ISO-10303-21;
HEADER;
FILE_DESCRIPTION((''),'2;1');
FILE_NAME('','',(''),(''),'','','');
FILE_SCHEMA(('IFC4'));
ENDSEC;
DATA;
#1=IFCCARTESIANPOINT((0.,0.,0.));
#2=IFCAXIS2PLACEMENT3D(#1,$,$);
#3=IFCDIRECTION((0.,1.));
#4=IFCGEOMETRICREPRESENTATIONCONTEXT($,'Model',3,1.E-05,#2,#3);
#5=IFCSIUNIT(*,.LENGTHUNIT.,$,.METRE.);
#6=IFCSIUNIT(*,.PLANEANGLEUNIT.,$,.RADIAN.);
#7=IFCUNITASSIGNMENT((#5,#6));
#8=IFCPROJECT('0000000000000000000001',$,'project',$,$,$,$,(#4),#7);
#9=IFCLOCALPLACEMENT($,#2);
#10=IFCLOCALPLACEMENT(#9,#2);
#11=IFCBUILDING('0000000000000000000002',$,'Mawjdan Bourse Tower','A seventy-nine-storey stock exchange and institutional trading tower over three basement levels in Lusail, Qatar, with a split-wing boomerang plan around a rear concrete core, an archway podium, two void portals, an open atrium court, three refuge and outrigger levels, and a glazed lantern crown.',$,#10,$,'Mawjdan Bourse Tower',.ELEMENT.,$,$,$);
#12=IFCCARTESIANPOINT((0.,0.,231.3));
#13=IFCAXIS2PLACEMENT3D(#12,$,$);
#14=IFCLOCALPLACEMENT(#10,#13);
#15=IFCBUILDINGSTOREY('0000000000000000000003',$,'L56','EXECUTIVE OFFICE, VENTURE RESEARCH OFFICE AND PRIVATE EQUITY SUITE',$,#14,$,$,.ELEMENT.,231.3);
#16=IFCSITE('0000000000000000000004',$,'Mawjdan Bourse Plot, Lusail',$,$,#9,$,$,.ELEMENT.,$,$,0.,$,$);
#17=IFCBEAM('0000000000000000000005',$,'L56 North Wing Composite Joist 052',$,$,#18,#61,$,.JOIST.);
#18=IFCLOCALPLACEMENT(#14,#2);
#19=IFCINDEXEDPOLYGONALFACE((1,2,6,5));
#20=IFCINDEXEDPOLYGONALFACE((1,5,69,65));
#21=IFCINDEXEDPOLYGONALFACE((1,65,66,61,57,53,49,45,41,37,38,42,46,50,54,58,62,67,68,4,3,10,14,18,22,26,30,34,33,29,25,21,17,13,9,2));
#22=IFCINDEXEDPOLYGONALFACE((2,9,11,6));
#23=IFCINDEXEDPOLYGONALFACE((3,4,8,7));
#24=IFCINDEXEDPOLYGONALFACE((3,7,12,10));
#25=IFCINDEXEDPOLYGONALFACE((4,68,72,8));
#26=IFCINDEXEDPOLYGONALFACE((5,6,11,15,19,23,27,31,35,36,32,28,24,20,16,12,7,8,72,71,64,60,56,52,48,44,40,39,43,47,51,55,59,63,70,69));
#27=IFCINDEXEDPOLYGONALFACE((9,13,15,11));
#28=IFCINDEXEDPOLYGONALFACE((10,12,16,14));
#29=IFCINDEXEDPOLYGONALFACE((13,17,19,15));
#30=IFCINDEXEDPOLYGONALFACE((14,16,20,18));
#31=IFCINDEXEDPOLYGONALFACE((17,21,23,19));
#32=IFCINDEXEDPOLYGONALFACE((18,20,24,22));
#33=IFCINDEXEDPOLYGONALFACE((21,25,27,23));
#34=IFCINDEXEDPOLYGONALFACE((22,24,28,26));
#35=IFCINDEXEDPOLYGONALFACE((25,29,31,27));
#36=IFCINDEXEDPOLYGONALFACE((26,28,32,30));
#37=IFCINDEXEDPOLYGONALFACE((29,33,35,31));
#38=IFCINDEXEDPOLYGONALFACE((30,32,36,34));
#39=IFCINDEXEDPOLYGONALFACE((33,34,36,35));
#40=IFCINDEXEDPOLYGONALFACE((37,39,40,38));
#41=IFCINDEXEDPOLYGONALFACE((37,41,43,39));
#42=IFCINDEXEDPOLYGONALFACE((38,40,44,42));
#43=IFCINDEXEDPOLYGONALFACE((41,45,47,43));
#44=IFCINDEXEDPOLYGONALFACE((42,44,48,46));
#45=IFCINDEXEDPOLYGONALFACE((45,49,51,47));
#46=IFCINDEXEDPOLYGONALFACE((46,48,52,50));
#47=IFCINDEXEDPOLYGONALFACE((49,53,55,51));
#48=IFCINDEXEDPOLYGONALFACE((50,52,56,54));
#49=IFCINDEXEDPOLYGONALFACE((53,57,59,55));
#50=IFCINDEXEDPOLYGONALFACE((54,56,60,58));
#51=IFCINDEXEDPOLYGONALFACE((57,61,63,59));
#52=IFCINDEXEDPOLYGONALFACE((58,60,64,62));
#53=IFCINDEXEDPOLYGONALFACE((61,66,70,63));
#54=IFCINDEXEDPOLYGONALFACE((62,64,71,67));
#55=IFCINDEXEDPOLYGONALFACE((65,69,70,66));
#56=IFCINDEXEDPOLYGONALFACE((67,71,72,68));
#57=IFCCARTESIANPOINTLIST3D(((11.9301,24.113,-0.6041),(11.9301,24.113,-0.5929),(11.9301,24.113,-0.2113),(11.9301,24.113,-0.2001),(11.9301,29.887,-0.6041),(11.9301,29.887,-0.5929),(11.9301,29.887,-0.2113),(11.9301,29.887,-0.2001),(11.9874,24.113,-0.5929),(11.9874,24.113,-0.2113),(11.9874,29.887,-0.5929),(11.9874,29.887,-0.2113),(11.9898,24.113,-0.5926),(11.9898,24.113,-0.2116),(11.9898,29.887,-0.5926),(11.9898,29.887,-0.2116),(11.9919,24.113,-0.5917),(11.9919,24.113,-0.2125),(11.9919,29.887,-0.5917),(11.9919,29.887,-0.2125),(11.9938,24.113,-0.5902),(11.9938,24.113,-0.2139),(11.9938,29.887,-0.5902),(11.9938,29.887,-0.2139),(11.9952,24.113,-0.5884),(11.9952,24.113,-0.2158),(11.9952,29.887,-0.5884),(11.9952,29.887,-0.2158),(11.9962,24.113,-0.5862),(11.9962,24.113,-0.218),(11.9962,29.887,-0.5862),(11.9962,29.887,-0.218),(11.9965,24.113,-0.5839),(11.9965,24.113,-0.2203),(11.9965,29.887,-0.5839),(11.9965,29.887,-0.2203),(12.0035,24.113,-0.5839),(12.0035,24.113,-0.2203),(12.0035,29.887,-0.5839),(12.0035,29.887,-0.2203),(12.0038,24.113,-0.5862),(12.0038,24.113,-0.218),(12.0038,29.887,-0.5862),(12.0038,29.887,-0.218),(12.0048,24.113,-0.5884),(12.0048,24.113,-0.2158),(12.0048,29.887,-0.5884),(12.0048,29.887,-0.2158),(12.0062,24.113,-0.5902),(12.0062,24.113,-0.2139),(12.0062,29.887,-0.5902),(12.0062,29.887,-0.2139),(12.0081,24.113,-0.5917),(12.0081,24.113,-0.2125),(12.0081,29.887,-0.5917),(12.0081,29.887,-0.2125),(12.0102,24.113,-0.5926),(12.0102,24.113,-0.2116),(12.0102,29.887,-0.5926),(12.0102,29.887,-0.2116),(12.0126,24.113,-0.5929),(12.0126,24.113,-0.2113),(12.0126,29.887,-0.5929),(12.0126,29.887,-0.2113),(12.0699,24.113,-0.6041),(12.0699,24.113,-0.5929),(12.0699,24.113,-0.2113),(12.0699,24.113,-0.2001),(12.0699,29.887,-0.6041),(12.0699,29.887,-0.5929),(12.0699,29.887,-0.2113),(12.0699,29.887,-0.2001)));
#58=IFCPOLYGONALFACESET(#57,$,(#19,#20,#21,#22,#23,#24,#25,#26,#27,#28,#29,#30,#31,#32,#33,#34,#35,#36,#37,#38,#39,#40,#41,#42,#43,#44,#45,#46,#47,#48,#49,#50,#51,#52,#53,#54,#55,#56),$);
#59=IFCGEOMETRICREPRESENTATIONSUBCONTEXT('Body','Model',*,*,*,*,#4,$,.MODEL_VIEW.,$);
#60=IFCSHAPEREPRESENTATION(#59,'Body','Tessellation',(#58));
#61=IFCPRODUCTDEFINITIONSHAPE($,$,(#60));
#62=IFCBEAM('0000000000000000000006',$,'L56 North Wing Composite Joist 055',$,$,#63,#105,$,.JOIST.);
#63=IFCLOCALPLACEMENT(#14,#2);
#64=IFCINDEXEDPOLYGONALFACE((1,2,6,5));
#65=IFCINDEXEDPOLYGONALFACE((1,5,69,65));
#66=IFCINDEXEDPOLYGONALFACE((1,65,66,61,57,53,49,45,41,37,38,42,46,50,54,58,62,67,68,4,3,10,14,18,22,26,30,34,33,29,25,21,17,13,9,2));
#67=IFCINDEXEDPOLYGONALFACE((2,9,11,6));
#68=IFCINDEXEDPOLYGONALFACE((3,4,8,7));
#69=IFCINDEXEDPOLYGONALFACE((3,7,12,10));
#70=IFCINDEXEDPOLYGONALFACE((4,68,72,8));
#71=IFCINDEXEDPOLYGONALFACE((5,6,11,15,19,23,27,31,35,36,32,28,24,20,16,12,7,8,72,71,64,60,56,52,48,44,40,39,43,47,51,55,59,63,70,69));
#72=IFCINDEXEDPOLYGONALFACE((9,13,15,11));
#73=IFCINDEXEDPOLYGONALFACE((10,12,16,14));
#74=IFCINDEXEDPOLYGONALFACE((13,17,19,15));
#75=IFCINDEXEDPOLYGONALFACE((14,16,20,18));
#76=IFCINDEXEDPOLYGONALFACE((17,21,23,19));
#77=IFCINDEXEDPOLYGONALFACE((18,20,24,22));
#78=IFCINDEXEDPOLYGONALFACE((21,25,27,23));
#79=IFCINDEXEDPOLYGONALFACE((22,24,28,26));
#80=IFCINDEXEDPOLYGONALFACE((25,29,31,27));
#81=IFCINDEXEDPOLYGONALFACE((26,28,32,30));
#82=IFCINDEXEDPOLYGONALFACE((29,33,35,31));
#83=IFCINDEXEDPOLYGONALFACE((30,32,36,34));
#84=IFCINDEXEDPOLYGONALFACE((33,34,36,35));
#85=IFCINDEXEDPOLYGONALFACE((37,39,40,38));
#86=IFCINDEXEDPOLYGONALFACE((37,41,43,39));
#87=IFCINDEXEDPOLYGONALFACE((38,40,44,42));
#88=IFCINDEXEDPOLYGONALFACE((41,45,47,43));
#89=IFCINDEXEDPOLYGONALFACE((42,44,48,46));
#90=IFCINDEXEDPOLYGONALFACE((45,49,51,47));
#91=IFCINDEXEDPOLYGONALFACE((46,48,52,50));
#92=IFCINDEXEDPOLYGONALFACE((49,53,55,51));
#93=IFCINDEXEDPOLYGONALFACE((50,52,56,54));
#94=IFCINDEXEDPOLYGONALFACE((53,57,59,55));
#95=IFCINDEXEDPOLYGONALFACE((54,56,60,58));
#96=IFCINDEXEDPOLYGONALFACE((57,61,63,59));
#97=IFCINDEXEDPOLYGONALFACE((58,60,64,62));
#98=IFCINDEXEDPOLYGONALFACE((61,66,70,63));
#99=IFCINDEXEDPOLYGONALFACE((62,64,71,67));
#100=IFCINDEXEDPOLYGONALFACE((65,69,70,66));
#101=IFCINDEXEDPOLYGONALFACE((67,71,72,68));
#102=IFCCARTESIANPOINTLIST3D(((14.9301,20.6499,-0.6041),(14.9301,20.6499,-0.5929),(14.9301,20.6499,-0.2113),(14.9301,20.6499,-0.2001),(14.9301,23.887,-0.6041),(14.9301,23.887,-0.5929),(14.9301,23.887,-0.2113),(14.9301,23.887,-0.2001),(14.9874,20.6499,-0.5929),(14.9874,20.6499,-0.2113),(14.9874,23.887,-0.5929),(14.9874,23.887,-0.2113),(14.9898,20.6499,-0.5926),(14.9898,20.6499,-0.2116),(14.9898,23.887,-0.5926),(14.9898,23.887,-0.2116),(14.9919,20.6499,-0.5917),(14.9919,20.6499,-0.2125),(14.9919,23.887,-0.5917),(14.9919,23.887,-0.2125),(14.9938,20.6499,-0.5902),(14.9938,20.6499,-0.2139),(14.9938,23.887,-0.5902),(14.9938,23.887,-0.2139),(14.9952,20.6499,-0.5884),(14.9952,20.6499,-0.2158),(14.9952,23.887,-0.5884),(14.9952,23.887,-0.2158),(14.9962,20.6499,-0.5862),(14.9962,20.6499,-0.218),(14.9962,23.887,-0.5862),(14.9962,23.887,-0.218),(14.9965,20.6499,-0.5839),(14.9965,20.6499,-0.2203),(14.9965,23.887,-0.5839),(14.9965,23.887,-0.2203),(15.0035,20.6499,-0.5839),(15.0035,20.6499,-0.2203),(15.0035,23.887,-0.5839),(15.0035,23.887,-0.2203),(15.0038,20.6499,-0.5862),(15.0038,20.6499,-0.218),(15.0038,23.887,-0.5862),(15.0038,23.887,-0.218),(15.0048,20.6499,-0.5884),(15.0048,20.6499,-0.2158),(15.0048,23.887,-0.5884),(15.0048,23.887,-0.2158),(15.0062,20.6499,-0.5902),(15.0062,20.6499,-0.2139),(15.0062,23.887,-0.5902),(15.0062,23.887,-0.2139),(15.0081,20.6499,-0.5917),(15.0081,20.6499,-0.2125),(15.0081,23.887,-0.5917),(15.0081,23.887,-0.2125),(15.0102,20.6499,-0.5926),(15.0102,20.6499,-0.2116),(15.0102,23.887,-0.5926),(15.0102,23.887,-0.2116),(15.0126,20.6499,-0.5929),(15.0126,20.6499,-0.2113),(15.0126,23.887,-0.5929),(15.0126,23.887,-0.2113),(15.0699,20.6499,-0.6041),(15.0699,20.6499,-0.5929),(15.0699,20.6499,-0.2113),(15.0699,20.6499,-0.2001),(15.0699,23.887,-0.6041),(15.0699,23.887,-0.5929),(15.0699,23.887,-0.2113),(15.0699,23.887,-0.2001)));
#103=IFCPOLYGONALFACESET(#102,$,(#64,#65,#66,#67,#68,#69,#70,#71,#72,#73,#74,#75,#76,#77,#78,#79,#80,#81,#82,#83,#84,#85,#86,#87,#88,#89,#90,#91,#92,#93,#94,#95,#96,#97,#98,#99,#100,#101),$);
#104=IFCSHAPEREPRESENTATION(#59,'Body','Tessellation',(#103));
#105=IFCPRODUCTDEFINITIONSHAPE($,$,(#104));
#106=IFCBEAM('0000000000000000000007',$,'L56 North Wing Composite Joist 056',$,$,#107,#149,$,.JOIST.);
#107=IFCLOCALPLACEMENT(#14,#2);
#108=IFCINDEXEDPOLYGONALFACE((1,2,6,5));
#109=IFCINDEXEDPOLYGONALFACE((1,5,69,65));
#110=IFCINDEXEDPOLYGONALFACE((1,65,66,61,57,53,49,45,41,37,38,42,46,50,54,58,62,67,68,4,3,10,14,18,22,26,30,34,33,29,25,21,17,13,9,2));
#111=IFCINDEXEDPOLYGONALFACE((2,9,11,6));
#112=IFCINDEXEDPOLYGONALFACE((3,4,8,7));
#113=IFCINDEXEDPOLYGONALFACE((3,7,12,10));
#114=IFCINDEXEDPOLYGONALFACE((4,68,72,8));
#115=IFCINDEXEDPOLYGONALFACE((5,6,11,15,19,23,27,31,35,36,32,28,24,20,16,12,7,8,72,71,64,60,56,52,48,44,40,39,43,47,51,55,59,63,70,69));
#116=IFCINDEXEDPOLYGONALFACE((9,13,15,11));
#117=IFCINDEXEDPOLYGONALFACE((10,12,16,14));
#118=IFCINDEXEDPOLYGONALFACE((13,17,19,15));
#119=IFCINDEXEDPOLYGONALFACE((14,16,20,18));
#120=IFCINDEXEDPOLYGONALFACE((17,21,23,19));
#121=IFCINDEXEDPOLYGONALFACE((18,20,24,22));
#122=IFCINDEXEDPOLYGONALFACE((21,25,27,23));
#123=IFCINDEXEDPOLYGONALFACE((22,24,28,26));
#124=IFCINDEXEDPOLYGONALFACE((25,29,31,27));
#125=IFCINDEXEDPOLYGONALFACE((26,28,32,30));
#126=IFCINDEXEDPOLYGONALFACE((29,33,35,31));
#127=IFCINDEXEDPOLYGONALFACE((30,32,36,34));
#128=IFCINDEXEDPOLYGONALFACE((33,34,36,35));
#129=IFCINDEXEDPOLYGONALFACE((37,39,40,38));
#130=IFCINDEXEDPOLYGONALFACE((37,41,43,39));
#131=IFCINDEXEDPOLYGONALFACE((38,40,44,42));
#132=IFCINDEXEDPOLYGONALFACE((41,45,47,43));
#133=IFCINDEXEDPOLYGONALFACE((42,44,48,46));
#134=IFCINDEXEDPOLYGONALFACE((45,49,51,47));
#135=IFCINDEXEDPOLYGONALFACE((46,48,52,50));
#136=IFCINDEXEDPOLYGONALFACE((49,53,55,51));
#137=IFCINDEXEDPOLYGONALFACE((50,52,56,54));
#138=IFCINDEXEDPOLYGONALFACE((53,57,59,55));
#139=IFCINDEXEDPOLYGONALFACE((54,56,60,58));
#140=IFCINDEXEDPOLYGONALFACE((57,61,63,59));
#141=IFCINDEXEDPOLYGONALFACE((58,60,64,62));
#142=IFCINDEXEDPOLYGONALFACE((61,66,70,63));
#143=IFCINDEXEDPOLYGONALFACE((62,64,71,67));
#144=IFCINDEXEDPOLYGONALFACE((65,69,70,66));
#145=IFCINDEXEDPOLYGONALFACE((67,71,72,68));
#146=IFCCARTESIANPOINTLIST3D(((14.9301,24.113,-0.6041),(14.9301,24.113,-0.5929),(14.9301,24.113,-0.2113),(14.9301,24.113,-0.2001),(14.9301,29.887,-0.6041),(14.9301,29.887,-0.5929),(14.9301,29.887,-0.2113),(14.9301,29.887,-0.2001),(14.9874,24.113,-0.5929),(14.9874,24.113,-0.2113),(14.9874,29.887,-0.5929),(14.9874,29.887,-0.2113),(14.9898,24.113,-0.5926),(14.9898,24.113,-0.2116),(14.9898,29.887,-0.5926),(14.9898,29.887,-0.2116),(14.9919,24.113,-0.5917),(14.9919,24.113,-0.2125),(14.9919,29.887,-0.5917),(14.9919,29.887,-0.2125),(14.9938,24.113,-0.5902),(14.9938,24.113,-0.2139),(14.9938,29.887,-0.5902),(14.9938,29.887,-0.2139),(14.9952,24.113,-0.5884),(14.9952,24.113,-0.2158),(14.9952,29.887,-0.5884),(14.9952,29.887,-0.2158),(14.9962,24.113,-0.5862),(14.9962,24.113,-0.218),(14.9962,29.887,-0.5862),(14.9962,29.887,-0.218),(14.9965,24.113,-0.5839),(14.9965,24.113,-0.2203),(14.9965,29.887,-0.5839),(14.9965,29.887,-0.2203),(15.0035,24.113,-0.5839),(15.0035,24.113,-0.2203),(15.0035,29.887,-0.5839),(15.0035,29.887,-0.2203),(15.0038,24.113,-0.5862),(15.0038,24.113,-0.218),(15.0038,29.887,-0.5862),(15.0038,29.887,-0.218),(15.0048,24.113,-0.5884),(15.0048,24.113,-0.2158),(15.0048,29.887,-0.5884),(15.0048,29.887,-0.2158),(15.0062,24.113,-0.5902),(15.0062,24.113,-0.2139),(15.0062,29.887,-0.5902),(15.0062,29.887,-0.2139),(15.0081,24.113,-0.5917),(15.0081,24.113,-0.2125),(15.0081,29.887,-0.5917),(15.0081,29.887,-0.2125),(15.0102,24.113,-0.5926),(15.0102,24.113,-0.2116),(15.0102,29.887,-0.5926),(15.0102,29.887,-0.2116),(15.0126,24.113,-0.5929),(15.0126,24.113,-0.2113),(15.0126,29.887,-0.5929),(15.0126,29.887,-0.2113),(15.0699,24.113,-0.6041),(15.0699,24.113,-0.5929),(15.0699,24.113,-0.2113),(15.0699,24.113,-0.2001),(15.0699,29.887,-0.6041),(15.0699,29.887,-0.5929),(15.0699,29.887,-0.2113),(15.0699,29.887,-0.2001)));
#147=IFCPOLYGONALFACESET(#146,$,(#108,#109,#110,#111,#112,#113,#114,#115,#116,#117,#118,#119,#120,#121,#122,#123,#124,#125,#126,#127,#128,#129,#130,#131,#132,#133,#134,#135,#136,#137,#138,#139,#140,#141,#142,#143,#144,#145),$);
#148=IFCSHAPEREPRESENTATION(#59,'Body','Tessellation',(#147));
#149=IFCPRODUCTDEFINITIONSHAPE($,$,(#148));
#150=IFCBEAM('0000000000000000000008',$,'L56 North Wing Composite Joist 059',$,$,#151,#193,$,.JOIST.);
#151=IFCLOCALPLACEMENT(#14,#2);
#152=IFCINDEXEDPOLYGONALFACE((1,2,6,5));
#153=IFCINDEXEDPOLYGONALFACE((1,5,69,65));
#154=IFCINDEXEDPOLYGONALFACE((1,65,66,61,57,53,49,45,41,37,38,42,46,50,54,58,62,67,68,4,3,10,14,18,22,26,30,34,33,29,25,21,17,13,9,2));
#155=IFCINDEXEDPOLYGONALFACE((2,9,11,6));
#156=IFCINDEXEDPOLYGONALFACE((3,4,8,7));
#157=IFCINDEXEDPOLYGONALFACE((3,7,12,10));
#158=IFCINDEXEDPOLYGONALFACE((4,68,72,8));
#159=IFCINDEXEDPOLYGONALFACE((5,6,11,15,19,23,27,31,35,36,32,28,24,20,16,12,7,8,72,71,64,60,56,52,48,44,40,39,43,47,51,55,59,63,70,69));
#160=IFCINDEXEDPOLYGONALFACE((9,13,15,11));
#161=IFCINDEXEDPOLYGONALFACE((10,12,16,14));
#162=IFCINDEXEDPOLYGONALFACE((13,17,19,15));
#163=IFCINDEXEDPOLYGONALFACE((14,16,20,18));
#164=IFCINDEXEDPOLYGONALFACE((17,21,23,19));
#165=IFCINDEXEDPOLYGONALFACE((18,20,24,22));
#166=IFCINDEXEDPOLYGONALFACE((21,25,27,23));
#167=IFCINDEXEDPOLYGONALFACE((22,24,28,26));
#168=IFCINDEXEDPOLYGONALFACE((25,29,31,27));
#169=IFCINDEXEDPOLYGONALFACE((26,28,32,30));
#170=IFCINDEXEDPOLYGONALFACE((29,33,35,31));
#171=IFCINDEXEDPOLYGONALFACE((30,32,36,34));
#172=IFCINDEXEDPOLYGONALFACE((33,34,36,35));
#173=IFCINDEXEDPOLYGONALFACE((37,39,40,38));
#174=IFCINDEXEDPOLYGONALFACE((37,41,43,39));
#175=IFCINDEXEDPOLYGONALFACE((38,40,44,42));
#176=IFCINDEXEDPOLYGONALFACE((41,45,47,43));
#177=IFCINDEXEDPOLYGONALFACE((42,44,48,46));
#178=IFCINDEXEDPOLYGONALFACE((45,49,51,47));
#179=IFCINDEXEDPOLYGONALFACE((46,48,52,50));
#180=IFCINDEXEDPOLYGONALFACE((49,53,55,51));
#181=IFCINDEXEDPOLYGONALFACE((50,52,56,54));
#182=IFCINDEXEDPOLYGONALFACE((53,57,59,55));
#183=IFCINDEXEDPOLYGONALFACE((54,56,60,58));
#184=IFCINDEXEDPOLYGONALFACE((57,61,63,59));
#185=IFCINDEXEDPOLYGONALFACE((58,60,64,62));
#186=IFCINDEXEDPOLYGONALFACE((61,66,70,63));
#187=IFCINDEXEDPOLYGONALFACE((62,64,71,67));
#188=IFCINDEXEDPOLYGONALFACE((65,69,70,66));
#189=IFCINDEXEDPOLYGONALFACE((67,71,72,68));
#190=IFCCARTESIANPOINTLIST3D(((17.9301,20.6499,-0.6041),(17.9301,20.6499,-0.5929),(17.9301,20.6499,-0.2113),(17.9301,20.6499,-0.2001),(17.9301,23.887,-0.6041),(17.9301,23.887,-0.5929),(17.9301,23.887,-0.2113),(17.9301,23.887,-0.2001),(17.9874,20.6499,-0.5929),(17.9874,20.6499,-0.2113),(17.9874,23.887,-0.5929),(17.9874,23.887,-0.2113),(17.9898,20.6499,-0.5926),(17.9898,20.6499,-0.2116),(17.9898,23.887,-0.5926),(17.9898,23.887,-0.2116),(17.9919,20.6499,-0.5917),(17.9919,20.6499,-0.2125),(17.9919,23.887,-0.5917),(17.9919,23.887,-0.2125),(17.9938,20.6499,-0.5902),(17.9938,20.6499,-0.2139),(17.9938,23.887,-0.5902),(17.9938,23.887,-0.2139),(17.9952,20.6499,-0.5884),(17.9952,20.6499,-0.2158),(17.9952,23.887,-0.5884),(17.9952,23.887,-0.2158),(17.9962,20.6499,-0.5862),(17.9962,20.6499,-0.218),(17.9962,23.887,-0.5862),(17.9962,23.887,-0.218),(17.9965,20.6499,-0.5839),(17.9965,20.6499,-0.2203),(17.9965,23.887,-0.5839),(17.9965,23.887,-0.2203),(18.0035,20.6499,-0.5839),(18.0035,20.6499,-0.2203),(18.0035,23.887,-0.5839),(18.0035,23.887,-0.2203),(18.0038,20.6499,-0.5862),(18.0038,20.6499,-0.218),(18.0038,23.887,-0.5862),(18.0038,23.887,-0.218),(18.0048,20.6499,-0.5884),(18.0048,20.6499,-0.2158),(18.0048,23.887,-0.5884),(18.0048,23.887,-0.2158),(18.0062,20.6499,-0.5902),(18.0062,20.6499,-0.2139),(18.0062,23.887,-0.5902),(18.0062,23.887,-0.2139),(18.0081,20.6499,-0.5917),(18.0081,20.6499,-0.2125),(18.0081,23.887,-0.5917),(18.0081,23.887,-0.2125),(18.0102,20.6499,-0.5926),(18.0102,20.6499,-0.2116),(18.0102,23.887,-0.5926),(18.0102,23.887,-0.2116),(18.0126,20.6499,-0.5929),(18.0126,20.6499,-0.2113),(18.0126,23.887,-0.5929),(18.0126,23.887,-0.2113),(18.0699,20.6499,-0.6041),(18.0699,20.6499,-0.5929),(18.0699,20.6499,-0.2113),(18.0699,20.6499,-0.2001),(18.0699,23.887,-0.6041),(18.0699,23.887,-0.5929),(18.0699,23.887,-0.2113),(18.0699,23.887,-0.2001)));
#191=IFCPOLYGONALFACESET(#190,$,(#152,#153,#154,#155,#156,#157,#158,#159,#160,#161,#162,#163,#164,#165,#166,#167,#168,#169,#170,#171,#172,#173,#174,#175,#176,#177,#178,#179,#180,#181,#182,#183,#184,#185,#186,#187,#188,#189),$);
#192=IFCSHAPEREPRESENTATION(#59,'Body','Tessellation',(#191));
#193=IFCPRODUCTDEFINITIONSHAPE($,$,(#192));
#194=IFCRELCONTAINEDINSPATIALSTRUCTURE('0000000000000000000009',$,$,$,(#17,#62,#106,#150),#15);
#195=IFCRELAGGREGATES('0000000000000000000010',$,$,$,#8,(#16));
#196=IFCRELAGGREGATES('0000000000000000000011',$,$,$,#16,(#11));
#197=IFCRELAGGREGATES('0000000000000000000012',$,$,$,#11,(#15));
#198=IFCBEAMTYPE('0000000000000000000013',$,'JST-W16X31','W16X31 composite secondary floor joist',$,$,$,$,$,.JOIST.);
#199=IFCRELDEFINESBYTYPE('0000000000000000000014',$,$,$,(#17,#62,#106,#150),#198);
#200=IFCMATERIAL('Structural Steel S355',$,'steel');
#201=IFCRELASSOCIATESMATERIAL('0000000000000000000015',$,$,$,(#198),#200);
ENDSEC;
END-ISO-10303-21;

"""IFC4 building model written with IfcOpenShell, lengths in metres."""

from ifc_helpers import new_model, si_unit, direction, frame, origin, origin_2d, place, context, subcontext, project, spatial, i_section, extrude, material, material_profile, profile_set, type_object, element, save


model = new_model("IFC4")

# Units and contexts
model_context = context("Model", 3, precision=1e-05, world=origin(), true_north=direction((0.0, 1.0)))
body_context = subcontext(model_context, "Body", "Model", "MODEL_VIEW")
ifc_project = project(units=[si_unit("LENGTHUNIT", "METRE"), si_unit("PLANEANGLEUNIT", "RADIAN")], contexts=[model_context])

# Site, building, storey
site_placement = place(None, origin())
site = spatial("IfcSite", under=ifc_project, at=site_placement, Name="Mawjdan Bourse Plot, Lusail", CompositionType="ELEMENT", RefElevation=0.0)
building_placement = place(site_placement, origin())
building = spatial("IfcBuilding", under=site, at=building_placement, Name="Mawjdan Bourse Tower", Description="A seventy-nine-storey stock exchange and institutional trading tower over three basement levels in Lusail, Qatar, with a split-wing boomerang plan around a rear concrete core, an archway podium, two void portals, an open atrium court, three refuge and outrigger levels, and a glazed lantern crown.", LongName="Mawjdan Bourse Tower", CompositionType="ELEMENT")
storey_placement = place(building_placement, frame((0.0, 0.0, 231.3)))
storey = spatial("IfcBuildingStorey", under=building, at=storey_placement, Name="L56", Description="EXECUTIVE OFFICE, VENTURE RESEARCH OFFICE AND PRIVATE EQUITY SUITE", CompositionType="ELEMENT", Elevation=231.3)

# Beams
ifc_material_1 = material(Name="Structural Steel S355", Category="steel")
ifc_material_profile_1 = material_profile(ifc_material_1, i_section(OverallWidth=0.1399, OverallDepth=0.4041, WebThickness=0.0071, FlangeThickness=0.0112, FilletRadius=0.009, at=origin_2d()), Name="W16X31")
ifc_profile_set_1 = profile_set([ifc_material_profile_1], Name="Structural Steel S355")
beam_type_1 = type_object("IfcBeamType", Name="JST-W16X31", Description="W16X31 composite secondary floor joist", PredefinedType="JOIST", material=ifc_profile_set_1)
beam_1_placement = place(storey_placement, frame((12.0, 24.113, -0.4021), z_axis=(0.0, 1.0, 0.0), x_axis=(-1.0, 0.0, 0.0)))
element("IfcBeam", 1, at=beam_1_placement, inside=storey, type_object=beam_type_1, Name="L56 North Wing Composite Joist 052", PredefinedType="JOIST", context=body_context, shape_type="SweptSolid", body=[
    extrude(i_section(OverallWidth=0.1399, OverallDepth=0.4041, WebThickness=0.0071, FlangeThickness=0.0112, FilletRadius=0.009, at=origin_2d()), origin(), (0.0, 0.0, 1.0), 5.7739),
])
beam_2_placement = place(storey_placement, frame((15.0, 20.6499, -0.4021), z_axis=(0.0, 1.0, 0.0), x_axis=(-1.0, 0.0, 0.0)))
element("IfcBeam", 2, at=beam_2_placement, inside=storey, type_object=beam_type_1, Name="L56 North Wing Composite Joist 055", PredefinedType="JOIST", context=body_context, shape_type="SweptSolid", body=[
    extrude(i_section(OverallWidth=0.1399, OverallDepth=0.4041, WebThickness=0.0071, FlangeThickness=0.0112, FilletRadius=0.009, at=origin_2d()), origin(), (0.0, 0.0, 1.0), 3.2371),
])
beam_3_placement = place(storey_placement, frame((15.0, 24.113, -0.4021), z_axis=(0.0, 1.0, 0.0), x_axis=(-1.0, 0.0, 0.0)))
element("IfcBeam", 3, at=beam_3_placement, inside=storey, type_object=beam_type_1, Name="L56 North Wing Composite Joist 056", PredefinedType="JOIST", context=body_context, shape_type="SweptSolid", body=[
    extrude(i_section(OverallWidth=0.1399, OverallDepth=0.4041, WebThickness=0.0071, FlangeThickness=0.0112, FilletRadius=0.009, at=origin_2d()), origin(), (0.0, 0.0, 1.0), 5.7739),
])
beam_4_placement = place(storey_placement, frame((18.0, 20.6499, -0.4021), z_axis=(0.0, 1.0, 0.0), x_axis=(-1.0, 0.0, 0.0)))
element("IfcBeam", 4, at=beam_4_placement, inside=storey, type_object=beam_type_1, Name="L56 North Wing Composite Joist 059", PredefinedType="JOIST", context=body_context, shape_type="SweptSolid", body=[
    extrude(i_section(OverallWidth=0.1399, OverallDepth=0.4041, WebThickness=0.0071, FlangeThickness=0.0112, FilletRadius=0.009, at=origin_2d()), origin(), (0.0, 0.0, 1.0), 3.2371),
])

save(model, "model.ifc")
